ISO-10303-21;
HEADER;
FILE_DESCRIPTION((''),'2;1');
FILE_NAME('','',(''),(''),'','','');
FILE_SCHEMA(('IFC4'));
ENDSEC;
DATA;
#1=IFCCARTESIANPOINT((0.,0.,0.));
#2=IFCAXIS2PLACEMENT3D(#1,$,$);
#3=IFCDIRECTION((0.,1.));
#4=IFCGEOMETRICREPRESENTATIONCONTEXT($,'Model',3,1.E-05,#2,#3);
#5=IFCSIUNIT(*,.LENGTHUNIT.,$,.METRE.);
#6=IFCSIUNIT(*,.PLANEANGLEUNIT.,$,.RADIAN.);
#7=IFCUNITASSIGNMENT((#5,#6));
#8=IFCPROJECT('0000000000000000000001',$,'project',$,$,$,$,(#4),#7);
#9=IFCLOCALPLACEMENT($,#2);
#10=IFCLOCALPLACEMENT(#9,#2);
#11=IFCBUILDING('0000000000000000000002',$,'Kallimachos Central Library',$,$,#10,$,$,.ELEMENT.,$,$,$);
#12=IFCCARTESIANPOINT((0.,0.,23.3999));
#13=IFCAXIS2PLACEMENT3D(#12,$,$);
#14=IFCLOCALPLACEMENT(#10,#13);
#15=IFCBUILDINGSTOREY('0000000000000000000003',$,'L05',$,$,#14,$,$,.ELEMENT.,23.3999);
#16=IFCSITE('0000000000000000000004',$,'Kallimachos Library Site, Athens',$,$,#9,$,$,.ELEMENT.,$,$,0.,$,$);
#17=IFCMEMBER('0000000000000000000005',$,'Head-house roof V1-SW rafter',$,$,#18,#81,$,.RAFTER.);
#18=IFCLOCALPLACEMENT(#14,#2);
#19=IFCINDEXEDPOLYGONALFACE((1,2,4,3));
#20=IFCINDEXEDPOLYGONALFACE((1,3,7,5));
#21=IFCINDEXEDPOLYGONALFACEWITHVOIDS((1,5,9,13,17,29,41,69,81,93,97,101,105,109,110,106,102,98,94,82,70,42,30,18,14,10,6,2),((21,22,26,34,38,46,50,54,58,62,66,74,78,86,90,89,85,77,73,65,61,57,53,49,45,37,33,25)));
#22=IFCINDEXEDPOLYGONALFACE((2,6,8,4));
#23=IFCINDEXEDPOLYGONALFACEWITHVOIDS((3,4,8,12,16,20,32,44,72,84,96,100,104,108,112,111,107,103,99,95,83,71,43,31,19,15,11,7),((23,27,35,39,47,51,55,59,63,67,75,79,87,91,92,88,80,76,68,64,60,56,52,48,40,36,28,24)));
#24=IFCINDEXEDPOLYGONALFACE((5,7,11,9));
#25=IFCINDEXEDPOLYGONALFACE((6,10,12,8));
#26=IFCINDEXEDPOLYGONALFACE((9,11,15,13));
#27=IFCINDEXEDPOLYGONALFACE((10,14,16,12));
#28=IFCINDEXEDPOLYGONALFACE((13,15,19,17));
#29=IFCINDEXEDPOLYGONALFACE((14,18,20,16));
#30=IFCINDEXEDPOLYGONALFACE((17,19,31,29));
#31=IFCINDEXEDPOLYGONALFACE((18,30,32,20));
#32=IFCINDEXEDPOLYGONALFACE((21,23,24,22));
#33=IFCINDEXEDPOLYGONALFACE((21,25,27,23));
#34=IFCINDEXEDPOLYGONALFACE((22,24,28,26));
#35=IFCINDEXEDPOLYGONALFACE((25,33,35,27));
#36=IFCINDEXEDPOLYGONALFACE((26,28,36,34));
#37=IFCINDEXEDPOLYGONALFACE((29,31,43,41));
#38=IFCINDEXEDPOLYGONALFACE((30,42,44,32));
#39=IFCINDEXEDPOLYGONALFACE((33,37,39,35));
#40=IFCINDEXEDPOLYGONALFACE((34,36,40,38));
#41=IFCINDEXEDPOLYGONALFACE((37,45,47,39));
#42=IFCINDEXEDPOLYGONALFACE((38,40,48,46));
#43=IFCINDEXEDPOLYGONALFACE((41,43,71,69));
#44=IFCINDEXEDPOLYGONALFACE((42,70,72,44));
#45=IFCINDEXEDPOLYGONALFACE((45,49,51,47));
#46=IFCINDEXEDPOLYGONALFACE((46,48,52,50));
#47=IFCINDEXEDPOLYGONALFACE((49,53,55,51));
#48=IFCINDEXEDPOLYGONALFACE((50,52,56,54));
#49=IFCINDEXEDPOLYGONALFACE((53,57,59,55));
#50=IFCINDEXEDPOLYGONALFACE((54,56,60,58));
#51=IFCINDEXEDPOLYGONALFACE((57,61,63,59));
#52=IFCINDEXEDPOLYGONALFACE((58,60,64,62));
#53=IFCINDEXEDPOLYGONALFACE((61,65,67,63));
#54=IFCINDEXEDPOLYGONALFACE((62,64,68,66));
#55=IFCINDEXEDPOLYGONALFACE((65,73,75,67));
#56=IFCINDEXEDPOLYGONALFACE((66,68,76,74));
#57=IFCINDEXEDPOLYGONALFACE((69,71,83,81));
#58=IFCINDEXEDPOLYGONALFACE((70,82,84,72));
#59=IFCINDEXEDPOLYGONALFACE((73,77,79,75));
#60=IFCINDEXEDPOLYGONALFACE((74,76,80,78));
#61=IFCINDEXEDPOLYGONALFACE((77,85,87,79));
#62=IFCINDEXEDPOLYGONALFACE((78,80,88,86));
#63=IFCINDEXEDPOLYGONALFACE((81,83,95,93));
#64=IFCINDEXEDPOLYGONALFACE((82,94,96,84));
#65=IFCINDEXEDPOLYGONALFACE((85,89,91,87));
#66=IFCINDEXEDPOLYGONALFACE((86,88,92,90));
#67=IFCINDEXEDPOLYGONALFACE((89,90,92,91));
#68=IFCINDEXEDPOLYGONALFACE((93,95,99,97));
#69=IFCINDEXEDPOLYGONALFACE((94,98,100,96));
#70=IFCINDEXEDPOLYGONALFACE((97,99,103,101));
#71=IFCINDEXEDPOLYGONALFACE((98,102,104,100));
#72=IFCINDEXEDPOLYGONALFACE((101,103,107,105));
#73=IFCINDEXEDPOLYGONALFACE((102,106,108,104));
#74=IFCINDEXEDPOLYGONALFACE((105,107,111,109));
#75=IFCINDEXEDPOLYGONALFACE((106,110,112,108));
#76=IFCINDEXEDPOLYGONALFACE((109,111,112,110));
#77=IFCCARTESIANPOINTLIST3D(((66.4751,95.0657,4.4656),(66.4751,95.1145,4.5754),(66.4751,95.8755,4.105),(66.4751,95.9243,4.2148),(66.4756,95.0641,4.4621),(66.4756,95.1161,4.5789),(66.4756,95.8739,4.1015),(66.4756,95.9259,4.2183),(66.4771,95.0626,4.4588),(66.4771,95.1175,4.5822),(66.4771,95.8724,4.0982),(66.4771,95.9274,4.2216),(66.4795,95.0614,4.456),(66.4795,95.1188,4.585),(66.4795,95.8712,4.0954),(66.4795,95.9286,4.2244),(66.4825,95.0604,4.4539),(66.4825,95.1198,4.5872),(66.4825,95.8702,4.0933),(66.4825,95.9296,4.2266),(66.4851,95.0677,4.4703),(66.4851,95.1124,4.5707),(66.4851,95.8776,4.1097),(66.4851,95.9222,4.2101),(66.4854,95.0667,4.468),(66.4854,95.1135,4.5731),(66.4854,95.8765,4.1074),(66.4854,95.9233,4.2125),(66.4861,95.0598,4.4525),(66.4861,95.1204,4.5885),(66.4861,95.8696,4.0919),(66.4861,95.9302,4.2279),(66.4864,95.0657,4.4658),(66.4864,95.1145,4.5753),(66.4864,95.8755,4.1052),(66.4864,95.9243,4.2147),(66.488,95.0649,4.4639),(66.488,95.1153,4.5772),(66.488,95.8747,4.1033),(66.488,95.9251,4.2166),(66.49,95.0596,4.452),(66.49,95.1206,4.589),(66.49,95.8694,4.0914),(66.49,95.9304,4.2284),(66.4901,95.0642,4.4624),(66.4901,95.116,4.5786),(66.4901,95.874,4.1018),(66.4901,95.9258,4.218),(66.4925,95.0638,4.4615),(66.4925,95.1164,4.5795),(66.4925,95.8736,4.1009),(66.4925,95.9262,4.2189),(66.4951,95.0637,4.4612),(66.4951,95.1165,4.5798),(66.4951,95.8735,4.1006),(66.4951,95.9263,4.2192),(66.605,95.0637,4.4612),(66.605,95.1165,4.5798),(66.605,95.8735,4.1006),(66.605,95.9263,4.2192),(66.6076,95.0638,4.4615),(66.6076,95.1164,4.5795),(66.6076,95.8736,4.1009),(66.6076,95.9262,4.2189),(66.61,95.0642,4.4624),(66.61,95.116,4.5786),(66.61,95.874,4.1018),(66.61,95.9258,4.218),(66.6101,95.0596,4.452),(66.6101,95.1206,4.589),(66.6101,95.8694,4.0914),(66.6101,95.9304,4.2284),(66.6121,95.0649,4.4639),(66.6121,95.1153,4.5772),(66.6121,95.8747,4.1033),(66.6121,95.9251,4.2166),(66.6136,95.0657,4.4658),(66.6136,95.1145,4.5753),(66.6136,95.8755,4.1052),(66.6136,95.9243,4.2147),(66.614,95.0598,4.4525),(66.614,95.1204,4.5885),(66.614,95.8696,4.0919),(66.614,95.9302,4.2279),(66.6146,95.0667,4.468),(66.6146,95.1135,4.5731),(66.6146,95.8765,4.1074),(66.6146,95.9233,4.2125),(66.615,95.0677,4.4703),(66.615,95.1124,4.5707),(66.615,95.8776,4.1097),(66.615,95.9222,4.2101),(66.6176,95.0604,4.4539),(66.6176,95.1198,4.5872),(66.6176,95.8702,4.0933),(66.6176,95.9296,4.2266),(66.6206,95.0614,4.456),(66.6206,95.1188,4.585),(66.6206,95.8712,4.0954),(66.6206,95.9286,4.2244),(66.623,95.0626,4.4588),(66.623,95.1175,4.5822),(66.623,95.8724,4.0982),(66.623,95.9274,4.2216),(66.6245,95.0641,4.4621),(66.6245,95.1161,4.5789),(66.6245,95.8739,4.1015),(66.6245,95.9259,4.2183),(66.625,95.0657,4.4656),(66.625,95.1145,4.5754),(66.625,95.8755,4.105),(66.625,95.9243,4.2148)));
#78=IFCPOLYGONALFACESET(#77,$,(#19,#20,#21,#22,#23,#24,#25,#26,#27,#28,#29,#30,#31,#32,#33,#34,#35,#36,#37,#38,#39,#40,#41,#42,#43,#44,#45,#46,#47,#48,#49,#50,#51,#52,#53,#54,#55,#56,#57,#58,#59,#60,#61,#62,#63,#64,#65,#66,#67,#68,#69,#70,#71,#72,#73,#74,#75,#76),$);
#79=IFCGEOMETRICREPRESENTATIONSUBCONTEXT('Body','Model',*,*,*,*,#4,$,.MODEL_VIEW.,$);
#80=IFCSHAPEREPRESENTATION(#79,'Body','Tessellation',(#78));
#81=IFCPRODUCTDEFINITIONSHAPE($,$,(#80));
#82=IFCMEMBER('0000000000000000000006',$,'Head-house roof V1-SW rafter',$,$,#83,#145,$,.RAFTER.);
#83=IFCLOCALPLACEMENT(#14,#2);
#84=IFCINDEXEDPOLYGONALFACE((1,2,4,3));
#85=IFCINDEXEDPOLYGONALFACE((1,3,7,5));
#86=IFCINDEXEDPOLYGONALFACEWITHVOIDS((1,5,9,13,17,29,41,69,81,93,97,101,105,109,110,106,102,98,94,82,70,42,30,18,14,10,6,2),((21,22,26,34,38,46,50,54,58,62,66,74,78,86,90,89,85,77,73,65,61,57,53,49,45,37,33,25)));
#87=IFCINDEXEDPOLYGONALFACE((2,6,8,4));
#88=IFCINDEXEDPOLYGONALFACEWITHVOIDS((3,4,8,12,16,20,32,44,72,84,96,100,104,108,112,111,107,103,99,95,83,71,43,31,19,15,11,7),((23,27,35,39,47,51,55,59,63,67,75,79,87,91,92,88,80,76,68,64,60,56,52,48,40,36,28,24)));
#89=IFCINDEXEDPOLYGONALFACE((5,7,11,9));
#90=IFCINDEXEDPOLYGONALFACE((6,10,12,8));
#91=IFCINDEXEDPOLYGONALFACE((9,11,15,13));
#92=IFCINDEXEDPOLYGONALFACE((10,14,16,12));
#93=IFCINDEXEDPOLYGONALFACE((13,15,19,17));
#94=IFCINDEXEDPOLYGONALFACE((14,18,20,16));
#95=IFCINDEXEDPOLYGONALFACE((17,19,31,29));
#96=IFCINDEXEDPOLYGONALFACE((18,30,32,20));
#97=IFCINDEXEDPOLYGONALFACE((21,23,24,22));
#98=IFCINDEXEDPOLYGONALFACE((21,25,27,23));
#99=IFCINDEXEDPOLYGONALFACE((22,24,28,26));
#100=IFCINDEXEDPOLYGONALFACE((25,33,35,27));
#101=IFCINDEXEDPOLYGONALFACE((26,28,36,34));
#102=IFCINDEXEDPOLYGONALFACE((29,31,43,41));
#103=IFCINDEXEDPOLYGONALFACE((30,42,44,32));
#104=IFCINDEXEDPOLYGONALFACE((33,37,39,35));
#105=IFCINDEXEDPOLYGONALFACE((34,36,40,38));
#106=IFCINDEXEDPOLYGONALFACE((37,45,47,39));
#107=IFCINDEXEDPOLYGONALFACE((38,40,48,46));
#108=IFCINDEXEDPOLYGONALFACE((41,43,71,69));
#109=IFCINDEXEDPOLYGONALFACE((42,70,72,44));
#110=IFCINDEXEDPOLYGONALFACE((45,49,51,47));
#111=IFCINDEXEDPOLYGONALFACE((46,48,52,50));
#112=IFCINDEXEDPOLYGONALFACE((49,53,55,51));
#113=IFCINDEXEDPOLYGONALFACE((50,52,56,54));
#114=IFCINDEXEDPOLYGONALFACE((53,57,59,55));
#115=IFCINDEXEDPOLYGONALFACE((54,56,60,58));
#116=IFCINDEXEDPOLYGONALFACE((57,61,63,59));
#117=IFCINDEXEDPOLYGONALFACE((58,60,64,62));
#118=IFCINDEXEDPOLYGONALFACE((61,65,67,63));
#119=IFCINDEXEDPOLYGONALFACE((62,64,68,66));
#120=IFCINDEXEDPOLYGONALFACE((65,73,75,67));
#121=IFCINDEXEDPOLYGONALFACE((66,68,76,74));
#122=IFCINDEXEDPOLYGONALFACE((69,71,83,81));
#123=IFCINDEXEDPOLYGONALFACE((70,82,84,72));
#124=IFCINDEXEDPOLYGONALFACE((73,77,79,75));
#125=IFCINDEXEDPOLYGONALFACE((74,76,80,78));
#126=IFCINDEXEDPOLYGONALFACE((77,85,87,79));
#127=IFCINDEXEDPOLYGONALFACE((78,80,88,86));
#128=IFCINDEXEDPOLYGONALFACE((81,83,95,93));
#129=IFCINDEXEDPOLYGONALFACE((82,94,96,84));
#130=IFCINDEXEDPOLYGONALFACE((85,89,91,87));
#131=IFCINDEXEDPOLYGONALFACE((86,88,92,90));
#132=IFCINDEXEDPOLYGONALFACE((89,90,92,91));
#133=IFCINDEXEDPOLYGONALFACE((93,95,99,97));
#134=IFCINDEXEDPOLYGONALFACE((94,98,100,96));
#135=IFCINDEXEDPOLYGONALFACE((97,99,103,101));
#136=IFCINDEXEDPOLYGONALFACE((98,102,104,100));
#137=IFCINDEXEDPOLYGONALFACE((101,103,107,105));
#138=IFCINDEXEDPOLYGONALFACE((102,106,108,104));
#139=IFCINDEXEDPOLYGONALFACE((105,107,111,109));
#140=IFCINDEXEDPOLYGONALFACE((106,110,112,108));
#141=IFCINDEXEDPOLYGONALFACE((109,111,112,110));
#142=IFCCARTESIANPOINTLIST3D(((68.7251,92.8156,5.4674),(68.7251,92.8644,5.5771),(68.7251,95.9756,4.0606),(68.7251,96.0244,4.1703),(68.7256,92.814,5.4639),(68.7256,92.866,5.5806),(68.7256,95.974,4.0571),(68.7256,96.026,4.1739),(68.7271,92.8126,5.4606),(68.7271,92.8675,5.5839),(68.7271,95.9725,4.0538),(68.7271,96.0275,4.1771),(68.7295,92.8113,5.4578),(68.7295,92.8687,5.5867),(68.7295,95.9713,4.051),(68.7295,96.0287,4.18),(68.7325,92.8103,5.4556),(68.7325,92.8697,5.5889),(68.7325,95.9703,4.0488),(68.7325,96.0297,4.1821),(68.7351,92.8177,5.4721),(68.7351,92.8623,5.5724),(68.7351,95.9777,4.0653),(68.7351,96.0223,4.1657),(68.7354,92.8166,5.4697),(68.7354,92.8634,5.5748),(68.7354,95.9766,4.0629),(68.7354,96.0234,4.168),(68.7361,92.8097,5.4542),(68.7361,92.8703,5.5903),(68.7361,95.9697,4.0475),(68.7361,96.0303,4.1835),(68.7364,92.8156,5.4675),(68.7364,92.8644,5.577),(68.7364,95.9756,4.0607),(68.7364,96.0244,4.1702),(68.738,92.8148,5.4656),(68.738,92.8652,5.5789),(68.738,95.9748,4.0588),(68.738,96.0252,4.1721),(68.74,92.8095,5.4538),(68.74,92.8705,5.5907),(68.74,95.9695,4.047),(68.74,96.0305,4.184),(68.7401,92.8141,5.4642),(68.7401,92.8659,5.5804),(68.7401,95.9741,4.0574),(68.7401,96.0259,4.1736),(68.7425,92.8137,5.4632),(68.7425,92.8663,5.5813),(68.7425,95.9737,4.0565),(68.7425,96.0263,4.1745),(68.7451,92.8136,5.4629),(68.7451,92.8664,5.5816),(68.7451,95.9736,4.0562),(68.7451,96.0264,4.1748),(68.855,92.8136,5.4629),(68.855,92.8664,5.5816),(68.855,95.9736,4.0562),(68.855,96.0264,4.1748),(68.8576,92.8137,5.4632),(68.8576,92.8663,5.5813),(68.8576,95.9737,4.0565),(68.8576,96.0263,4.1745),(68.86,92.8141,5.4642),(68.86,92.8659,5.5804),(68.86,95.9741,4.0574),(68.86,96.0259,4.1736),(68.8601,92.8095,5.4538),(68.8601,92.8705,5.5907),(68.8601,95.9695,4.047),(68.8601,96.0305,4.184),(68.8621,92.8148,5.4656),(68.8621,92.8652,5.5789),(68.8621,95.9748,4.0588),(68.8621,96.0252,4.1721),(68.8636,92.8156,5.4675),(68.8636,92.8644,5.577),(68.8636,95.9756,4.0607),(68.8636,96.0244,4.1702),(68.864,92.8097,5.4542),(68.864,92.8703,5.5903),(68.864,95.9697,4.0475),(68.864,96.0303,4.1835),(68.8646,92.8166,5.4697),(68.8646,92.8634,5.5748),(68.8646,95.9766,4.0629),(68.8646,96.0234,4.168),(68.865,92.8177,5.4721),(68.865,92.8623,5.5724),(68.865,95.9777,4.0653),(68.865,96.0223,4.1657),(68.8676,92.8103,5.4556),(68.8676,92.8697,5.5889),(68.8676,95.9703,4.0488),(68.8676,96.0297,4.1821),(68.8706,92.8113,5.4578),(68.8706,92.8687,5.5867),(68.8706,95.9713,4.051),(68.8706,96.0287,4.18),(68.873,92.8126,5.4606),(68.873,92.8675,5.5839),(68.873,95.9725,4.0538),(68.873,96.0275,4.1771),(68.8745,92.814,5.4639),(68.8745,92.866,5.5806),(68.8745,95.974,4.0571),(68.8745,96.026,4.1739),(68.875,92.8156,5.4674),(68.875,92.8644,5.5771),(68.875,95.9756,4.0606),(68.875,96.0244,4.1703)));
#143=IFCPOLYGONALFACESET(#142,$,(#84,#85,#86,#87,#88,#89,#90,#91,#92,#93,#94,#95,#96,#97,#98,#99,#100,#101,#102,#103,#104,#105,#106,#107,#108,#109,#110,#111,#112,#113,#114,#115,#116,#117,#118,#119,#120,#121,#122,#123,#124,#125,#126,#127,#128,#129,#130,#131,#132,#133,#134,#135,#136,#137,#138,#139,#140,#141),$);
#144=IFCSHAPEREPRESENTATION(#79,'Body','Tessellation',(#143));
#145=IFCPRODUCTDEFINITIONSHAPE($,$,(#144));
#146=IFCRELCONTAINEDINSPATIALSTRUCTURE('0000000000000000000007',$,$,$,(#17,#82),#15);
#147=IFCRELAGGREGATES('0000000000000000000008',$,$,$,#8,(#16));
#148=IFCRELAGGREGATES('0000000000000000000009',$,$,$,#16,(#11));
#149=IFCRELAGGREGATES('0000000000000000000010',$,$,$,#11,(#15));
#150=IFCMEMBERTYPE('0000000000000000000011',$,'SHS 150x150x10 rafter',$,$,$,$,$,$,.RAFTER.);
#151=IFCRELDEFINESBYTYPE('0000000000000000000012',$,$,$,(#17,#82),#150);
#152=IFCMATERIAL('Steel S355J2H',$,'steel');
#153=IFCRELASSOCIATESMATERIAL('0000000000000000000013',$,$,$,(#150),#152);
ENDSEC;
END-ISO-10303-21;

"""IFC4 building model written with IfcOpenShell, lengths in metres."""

from ifc_helpers import new_model, si_unit, direction, frame, origin, origin_2d, place, context, subcontext, project, spatial, hollow_rectangle, extrude, material, material_profile, profile_set, type_object, element, save


model = new_model("IFC4")

# Units and contexts
model_context = context("Model", 3, precision=1e-05, world=origin(), true_north=direction((0.0, 1.0)))
body_context = subcontext(model_context, "Body", "Model", "MODEL_VIEW")
ifc_project = project(units=[si_unit("LENGTHUNIT", "METRE"), si_unit("PLANEANGLEUNIT", "RADIAN")], contexts=[model_context])

# Site, building, storey
site_placement = place(None, origin())
site = spatial("IfcSite", under=ifc_project, at=site_placement, Name="Kallimachos Library Site, Athens", CompositionType="ELEMENT", RefElevation=0.0)
building_placement = place(site_placement, origin())
building = spatial("IfcBuilding", under=site, at=building_placement, Name="Kallimachos Central Library", CompositionType="ELEMENT")
storey_placement = place(building_placement, frame((0.0, 0.0, 23.3999)))
storey = spatial("IfcBuildingStorey", under=building, at=storey_placement, Name="L05", CompositionType="ELEMENT", Elevation=23.3999)

# Members
ifc_material_1 = material(Name="Steel S355J2H", Category="steel")
ifc_material_profile_1 = material_profile(ifc_material_1, hollow_rectangle(XDim=0.1499, YDim=0.1499, WallThickness=0.01, InnerFilletRadius=0.01, OuterFilletRadius=0.0149, at=origin_2d()), Name="SHS 150x150x10")
ifc_profile_set_1 = profile_set([ifc_material_profile_1], Name="Steel S355J2H")
member_type_1 = type_object("IfcMemberType", Name="SHS 150x150x10 rafter", PredefinedType="RAFTER", material=ifc_profile_set_1)
member_1_placement = place(storey_placement, frame((66.55, 95.8999, 4.1599), z_axis=(0.0, -0.913527, 0.406777), x_axis=(1.0, 0.0, 0.0)))
element("IfcMember", 1, at=member_1_placement, inside=storey, type_object=member_type_1, Name="Head-house roof V1-SW rafter", PredefinedType="RAFTER", context=body_context, shape_type="SweptSolid", body=[
    extrude(hollow_rectangle(XDim=0.1499, YDim=0.1499, WallThickness=0.01, InnerFilletRadius=0.01, OuterFilletRadius=0.0149, at=origin_2d()), origin(), (0.0, 0.0, 1.0), 0.8865),
])
member_2_placement = place(storey_placement, frame((68.8, 96.0, 4.1155), z_axis=(0.0, -0.913561, 0.406702), x_axis=(1.0, 0.0, 0.0)))
element("IfcMember", 2, at=member_2_placement, inside=storey, type_object=member_type_1, Name="Head-house roof V1-SW rafter", PredefinedType="RAFTER", context=body_context, shape_type="SweptSolid", body=[
    extrude(hollow_rectangle(XDim=0.1499, YDim=0.1499, WallThickness=0.01, InnerFilletRadius=0.01, OuterFilletRadius=0.0149, at=origin_2d()), origin(), (0.0, 0.0, 1.0), 3.459),
])

save(model, "model.ifc")
